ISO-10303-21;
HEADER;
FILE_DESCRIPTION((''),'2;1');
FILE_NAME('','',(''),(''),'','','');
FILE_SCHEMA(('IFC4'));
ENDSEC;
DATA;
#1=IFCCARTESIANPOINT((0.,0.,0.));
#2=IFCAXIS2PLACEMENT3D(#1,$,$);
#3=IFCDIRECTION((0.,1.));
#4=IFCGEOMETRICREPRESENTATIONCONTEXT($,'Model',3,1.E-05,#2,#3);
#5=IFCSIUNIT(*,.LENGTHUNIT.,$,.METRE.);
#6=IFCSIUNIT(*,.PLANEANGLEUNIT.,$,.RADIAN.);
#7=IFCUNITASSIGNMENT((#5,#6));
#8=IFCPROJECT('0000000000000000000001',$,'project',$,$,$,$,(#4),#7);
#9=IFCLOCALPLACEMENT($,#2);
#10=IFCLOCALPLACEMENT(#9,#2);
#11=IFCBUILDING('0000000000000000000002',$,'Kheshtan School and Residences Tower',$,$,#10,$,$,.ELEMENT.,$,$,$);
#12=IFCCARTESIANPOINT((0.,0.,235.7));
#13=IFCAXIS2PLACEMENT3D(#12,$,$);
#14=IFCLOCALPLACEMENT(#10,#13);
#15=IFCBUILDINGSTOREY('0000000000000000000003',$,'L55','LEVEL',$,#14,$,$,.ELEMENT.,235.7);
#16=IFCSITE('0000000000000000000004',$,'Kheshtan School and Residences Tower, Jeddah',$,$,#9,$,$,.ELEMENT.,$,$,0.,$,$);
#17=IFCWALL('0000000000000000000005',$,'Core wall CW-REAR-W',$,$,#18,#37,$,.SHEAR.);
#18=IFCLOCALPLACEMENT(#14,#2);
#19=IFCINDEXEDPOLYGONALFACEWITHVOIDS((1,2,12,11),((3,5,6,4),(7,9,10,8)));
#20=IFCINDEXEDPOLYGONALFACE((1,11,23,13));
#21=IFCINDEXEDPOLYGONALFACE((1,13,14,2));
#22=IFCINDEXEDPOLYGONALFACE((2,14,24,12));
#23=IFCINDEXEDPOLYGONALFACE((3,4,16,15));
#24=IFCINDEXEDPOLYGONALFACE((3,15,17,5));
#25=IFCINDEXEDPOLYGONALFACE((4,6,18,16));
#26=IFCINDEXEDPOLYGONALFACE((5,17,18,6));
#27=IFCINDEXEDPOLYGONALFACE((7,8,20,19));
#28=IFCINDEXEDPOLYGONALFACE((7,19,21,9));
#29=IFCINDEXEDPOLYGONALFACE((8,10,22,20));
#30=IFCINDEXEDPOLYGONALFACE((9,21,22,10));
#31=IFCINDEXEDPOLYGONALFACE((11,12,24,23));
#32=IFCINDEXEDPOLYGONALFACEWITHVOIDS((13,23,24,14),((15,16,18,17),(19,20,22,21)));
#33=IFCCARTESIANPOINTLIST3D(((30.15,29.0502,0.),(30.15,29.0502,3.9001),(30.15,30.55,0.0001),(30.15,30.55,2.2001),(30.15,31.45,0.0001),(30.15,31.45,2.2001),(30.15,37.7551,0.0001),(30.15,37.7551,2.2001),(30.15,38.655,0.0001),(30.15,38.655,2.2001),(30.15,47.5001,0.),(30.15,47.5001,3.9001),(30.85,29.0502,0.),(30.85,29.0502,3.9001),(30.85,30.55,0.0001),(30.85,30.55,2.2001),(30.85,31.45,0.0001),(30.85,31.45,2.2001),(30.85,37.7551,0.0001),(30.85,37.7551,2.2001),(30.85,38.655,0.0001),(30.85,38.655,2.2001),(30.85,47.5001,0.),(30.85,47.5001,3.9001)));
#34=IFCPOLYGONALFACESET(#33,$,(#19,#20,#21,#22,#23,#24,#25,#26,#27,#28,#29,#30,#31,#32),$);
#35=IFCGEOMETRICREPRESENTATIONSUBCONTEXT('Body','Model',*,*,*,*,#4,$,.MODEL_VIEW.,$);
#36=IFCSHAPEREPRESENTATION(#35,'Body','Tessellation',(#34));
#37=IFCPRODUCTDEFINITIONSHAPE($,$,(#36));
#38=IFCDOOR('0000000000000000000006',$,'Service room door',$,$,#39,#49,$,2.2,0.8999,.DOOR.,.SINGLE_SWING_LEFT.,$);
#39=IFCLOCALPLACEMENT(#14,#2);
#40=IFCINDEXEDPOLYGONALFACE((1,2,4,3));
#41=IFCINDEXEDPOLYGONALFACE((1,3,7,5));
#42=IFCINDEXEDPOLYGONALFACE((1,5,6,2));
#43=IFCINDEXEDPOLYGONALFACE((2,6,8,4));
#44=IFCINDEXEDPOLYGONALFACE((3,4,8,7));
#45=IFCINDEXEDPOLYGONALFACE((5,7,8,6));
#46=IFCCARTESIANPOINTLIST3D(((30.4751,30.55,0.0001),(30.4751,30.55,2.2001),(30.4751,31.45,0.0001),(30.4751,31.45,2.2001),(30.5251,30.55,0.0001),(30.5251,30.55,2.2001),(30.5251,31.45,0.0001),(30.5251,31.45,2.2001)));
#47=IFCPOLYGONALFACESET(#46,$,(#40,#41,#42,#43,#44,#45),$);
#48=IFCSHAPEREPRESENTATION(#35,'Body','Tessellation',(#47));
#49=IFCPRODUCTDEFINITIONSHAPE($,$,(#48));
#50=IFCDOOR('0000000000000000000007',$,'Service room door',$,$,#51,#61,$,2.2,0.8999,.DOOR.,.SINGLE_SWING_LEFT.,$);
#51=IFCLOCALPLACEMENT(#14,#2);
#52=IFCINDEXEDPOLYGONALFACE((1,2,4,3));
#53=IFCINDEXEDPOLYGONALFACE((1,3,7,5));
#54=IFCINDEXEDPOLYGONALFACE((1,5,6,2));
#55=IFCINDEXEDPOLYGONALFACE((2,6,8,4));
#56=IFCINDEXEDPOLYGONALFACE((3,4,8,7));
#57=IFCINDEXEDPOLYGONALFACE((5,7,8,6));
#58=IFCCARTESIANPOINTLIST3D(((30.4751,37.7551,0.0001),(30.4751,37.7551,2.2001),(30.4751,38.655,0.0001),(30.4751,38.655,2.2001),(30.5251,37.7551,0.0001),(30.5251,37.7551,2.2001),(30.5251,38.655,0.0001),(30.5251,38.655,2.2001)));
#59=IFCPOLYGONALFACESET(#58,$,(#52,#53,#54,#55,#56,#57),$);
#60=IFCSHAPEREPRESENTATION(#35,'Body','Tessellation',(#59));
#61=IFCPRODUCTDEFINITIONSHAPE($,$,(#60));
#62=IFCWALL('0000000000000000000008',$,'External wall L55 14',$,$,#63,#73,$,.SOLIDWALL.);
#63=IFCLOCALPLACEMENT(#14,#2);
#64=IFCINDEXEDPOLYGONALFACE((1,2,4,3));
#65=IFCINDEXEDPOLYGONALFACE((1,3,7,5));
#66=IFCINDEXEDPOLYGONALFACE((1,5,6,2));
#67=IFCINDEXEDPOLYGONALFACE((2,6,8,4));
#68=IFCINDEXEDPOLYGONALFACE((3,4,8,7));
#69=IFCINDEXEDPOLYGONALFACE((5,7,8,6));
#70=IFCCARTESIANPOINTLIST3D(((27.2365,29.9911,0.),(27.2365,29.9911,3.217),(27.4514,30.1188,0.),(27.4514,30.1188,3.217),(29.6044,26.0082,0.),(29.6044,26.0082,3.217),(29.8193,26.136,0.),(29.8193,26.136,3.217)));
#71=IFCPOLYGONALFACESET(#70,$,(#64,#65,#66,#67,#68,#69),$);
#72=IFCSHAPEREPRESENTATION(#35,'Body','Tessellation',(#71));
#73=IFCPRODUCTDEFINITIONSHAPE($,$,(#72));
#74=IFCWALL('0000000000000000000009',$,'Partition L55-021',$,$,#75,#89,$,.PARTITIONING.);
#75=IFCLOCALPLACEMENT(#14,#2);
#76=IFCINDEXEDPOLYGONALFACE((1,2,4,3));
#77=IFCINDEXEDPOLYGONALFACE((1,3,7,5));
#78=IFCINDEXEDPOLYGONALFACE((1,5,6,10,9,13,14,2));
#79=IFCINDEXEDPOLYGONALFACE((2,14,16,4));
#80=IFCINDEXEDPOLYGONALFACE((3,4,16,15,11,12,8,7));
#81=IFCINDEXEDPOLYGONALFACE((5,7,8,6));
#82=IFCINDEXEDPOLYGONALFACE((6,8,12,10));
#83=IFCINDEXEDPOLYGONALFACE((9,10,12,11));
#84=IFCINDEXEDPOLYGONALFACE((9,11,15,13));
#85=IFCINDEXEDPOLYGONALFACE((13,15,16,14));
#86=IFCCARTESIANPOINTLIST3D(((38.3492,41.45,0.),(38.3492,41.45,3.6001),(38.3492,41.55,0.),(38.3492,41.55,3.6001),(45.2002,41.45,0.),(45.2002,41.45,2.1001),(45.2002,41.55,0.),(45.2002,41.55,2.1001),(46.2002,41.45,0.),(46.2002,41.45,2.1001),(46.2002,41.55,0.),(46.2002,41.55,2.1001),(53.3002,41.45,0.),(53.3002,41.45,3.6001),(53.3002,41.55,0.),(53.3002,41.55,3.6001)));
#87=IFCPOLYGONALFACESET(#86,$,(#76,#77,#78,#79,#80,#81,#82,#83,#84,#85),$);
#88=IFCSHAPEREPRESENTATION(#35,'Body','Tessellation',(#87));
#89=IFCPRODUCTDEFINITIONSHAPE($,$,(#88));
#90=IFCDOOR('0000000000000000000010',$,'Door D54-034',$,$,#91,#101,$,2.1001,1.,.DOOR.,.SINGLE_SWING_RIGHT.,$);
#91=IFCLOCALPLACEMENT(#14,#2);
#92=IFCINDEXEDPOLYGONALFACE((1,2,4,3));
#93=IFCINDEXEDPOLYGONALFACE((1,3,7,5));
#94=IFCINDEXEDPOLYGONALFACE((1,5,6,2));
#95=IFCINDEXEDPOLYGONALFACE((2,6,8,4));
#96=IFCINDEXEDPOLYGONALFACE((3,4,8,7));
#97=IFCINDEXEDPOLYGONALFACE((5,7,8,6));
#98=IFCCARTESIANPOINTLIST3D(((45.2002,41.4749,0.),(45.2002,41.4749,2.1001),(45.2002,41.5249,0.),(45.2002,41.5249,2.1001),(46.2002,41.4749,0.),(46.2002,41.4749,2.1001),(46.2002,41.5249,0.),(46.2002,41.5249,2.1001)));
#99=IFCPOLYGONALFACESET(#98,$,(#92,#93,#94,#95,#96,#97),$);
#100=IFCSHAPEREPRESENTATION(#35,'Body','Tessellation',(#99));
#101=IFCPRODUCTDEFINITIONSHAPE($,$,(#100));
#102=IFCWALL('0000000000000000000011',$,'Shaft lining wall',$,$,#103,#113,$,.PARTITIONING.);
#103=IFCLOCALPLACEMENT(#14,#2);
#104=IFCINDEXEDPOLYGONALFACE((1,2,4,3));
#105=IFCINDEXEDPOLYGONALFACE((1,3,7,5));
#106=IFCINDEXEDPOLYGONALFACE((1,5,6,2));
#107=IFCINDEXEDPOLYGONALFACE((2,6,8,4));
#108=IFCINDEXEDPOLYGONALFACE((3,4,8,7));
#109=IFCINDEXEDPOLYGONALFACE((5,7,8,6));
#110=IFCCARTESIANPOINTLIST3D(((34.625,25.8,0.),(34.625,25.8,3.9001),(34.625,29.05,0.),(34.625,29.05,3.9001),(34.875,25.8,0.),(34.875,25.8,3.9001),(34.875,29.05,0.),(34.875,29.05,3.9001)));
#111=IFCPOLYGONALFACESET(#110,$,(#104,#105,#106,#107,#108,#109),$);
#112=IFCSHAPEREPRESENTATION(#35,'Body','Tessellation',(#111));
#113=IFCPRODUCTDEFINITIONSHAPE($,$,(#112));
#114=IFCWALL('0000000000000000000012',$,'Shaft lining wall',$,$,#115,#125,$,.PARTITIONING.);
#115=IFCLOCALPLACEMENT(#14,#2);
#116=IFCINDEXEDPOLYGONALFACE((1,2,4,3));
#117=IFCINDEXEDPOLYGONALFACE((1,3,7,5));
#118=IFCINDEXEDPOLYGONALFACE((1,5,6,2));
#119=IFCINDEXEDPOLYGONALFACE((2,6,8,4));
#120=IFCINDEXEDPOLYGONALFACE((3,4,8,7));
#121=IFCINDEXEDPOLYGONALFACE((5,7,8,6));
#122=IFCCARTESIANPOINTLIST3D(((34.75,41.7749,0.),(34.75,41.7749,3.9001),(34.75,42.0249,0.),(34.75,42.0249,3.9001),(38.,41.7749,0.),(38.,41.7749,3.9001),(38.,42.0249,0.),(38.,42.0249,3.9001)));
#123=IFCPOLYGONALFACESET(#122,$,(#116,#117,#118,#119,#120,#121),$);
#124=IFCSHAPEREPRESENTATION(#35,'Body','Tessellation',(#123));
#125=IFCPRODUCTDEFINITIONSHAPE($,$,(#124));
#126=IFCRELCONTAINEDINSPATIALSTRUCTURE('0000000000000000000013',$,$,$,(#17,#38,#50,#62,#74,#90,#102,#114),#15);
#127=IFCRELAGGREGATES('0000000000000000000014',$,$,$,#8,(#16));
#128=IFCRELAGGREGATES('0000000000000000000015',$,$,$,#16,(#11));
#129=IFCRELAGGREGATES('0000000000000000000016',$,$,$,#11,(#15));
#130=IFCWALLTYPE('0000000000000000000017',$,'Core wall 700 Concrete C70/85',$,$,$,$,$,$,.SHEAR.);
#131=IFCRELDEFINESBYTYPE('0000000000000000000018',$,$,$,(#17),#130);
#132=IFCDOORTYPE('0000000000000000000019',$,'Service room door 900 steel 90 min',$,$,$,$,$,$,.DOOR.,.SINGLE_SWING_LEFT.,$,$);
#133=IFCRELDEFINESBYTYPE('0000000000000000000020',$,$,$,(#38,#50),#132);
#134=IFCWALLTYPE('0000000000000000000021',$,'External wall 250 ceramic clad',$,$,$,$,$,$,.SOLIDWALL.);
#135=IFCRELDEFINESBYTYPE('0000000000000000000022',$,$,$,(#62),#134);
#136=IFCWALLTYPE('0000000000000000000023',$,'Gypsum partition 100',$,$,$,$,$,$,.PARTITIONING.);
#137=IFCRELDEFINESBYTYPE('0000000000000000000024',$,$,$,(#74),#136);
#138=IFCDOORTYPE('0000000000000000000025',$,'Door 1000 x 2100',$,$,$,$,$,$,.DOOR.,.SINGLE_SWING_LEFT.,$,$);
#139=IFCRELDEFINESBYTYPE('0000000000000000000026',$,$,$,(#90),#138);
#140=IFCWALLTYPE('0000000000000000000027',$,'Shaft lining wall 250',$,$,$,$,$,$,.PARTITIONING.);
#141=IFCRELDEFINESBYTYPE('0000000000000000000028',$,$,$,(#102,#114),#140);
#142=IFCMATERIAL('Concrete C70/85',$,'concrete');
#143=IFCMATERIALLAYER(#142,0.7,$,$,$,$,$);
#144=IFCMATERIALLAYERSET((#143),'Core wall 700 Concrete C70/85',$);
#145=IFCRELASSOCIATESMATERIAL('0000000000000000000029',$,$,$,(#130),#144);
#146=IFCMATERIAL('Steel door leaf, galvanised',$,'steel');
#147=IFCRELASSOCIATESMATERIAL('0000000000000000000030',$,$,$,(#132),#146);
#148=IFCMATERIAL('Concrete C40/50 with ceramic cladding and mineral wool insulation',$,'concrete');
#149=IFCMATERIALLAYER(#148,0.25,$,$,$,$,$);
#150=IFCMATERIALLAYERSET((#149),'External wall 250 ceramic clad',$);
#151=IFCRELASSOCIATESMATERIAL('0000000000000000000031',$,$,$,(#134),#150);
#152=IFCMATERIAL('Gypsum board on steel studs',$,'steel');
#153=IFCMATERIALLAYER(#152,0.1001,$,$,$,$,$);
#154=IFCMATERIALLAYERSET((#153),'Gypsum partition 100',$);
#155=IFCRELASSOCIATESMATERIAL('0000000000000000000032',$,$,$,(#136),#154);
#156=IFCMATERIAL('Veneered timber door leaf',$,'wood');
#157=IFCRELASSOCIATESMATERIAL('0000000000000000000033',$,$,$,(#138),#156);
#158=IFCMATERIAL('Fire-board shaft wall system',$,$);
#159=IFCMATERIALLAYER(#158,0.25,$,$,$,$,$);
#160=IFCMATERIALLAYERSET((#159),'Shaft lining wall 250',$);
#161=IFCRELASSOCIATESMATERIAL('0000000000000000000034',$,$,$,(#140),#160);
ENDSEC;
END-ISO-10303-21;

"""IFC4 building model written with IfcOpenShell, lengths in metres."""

from ifc_helpers import new_model, si_unit, direction, frame, frame_2d, origin, place, context, subcontext, project, spatial, rectangle, extrude, source, transform, mapped, material, layer, layer_set, type_object, element, fill, save


model = new_model("IFC4")

# Units and contexts
model_context = context("Model", 3, precision=1e-05, world=origin(), true_north=direction((0.0, 1.0)))
body_context = subcontext(model_context, "Body", "Model", "MODEL_VIEW")
ifc_project = project(units=[si_unit("LENGTHUNIT", "METRE"), si_unit("PLANEANGLEUNIT", "RADIAN")], contexts=[model_context])

# Site, building, storey
site_placement = place(None, origin())
site = spatial("IfcSite", under=ifc_project, at=site_placement, Name="Kheshtan School and Residences Tower, Jeddah", CompositionType="ELEMENT", RefElevation=0.0)
building_placement = place(site_placement, origin())
building = spatial("IfcBuilding", under=site, at=building_placement, Name="Kheshtan School and Residences Tower", CompositionType="ELEMENT")
storey_placement = place(building_placement, frame((0.0, 0.0, 235.7)))
storey = spatial("IfcBuildingStorey", under=building, at=storey_placement, Name="L55", Description="LEVEL", CompositionType="ELEMENT", Elevation=235.7)

# Shared definitions
ifc_material_1 = material(Name="Steel door leaf, galvanised", Category="steel")

# Shared definitions
ifc_material_2 = material(Name="Concrete C70/85", Category="concrete")
ifc_layer_1 = layer(ifc_material_2, 0.7)
ifc_layer_set_1 = layer_set([ifc_layer_1], Name="Core wall 700 Concrete C70/85")
wall_type_1 = type_object("IfcWallType", Name="Core wall 700 Concrete C70/85", PredefinedType="SHEAR", material=ifc_layer_set_1)

# Wall, openings, doors
wall_1_placement = place(storey_placement, frame((30.5, 29.05, 0.0), z_axis=(0.0, 0.0, 1.0), x_axis=(0.0, 1.0, 0.0)))
wall_1 = element("IfcWall", 1, at=wall_1_placement, inside=storey, type_object=wall_type_1, Name="Core wall CW-REAR-W", PredefinedType="SHEAR", context=body_context, shape_type="SweptSolid", body=[
    extrude(rectangle(XDim=18.45, YDim=0.7, at=frame_2d((9.2251, 0.0))), origin(), (0.0, 0.0, 1.0), 3.9001),
])
opening_1_placement = place(wall_1_placement, frame((1.5, 0.0, 0.0)))
opening_1 = element("IfcOpeningElement", 2, at=opening_1_placement, cuts=wall_1, PredefinedType="OPENING", context=body_context, shape_type="SweptSolid", body=[
    extrude(rectangle(XDim=0.8999, YDim=2.2, at=frame_2d((0.45, 1.1001))), frame((0.0, 0.3599, 0.0), z_axis=(0.0, -1.0, 0.0), x_axis=(1.0, 0.0, 0.0)), (0.0, 0.0, 1.0), 0.72),
])
opening_2_placement = place(wall_1_placement, frame((8.7051, 0.0, 0.0)))
opening_2 = element("IfcOpeningElement", 3, at=opening_2_placement, cuts=wall_1, PredefinedType="OPENING", context=body_context, shape_type="SweptSolid", body=[
    extrude(rectangle(XDim=0.8999, YDim=2.2, at=frame_2d((0.45, 1.1001))), frame((0.0, 0.3599, 0.0), z_axis=(0.0, -1.0, 0.0), x_axis=(1.0, 0.0, 0.0)), (0.0, 0.0, 1.0), 0.72),
])
door_type_1 = type_object("IfcDoorType", Name="Service room door 900 steel 90 min", OperationType="SINGLE_SWING_LEFT", PredefinedType="DOOR", material=ifc_material_1)
shared_shape_1 = source(origin(), body_context, "Body", "SweptSolid", [
    extrude(rectangle(XDim=0.8999, YDim=2.2, at=frame_2d((0.45, 1.1001))), frame((0.0, 0.0249, 0.0), z_axis=(0.0, -1.0, 0.0), x_axis=(1.0, 0.0, 0.0)), (0.0, 0.0, 1.0), 0.05),
])
door_1_placement = place(opening_1_placement, origin())
door_1 = element("IfcDoor", 4, at=door_1_placement, inside=storey, type_object=door_type_1, Name="Service room door", OperationType="SINGLE_SWING_LEFT", OverallHeight=2.2, OverallWidth=0.8999, PredefinedType="DOOR", context=body_context, shape_type="MappedRepresentation", body=[
    mapped(shared_shape_1, transform((0.0, 0.0, 0.0), x_axis=(1.0, 0.0, 0.0), y_axis=(0.0, 1.0, 0.0), z_axis=(0.0, 0.0, 1.0), scale=1.0)),
])
fill(opening_1, door_1)
door_2_placement = place(opening_2_placement, origin())
door_2 = element("IfcDoor", 5, at=door_2_placement, inside=storey, type_object=door_type_1, Name="Service room door", OperationType="SINGLE_SWING_LEFT", OverallHeight=2.2, OverallWidth=0.8999, PredefinedType="DOOR", context=body_context, shape_type="MappedRepresentation", body=[
    mapped(shared_shape_1, transform((0.0, 0.0, 0.0), x_axis=(1.0, 0.0, 0.0), y_axis=(0.0, 1.0, 0.0), z_axis=(0.0, 0.0, 1.0), scale=1.0)),
])
fill(opening_2, door_2)

# Wall
ifc_material_3 = material(Name="Concrete C40/50 with ceramic cladding and mineral wool insulation", Category="concrete")
ifc_layer_2 = layer(ifc_material_3, 0.25)
ifc_layer_set_2 = layer_set([ifc_layer_2], Name="External wall 250 ceramic clad")
wall_type_2 = type_object("IfcWallType", Name="External wall 250 ceramic clad", PredefinedType="SOLIDWALL", material=ifc_layer_set_2)
wall_2_placement = place(storey_placement, frame((29.7119, 26.072, 0.0), z_axis=(0.0, 0.0, 1.0), x_axis=(-0.511028, 0.859564, 0.0)))
element("IfcWall", 6, at=wall_2_placement, inside=storey, type_object=wall_type_2, Name="External wall L55 14", PredefinedType="SOLIDWALL", context=body_context, shape_type="SweptSolid", body=[
    extrude(rectangle(XDim=4.6335, YDim=0.25, at=frame_2d((2.3169, 0.0))), origin(), (0.0, 0.0, 1.0), 3.217),
])

# Wall, opening, door
ifc_material_4 = material(Name="Gypsum board on steel studs", Category="steel")
ifc_layer_3 = layer(ifc_material_4, 0.1001)
ifc_layer_set_3 = layer_set([ifc_layer_3], Name="Gypsum partition 100")
wall_type_3 = type_object("IfcWallType", Name="Gypsum partition 100", PredefinedType="PARTITIONING", material=ifc_layer_set_3)
wall_3_placement = place(storey_placement, frame((38.3491, 41.5, 0.0), z_axis=(0.0, 0.0, 1.0), x_axis=(1.0, 0.0, 0.0)))
wall_3 = element("IfcWall", 7, at=wall_3_placement, inside=storey, type_object=wall_type_3, Name="Partition L55-021", PredefinedType="PARTITIONING", context=body_context, shape_type="SweptSolid", body=[
    extrude(rectangle(XDim=14.9509, YDim=0.1001, at=frame_2d((7.4756, 0.0))), origin(), (0.0, 0.0, 1.0), 3.6001),
])
opening_3_placement = place(wall_3_placement, frame((6.8511, 0.0, 0.0)))
opening_3 = element("IfcOpeningElement", 8, at=opening_3_placement, cuts=wall_3, PredefinedType="OPENING", context=body_context, shape_type="SweptSolid", body=[
    extrude(rectangle(XDim=1.0, YDim=2.1001, at=frame_2d((0.5, 1.05))), frame((0.0, 0.0601, 0.0), z_axis=(0.0, -1.0, 0.0), x_axis=(1.0, 0.0, 0.0)), (0.0, 0.0, 1.0), 0.1201),
])
ifc_material_5 = material(Name="Veneered timber door leaf", Category="wood")
door_type_2 = type_object("IfcDoorType", Name="Door 1000 x 2100", OperationType="SINGLE_SWING_LEFT", PredefinedType="DOOR", material=ifc_material_5)
shared_shape_2 = source(origin(), body_context, "Body", "SweptSolid", [
    extrude(rectangle(XDim=1.0, YDim=2.1001, at=frame_2d((0.5, 1.05))), frame((0.0, 0.0249, 0.0), z_axis=(0.0, -1.0, 0.0), x_axis=(1.0, 0.0, 0.0)), (0.0, 0.0, 1.0), 0.05),
])
door_3_placement = place(opening_3_placement, origin())
door_3 = element("IfcDoor", 9, at=door_3_placement, inside=storey, type_object=door_type_2, Name="Door D54-034", OperationType="SINGLE_SWING_RIGHT", OverallHeight=2.1001, OverallWidth=1.0, PredefinedType="DOOR", context=body_context, shape_type="MappedRepresentation", body=[
    mapped(shared_shape_2, transform((0.0, 0.0, 0.0), x_axis=(1.0, 0.0, 0.0), y_axis=(0.0, 1.0, 0.0), z_axis=(0.0, 0.0, 1.0), scale=1.0)),
])
fill(opening_3, door_3)

# Walls
ifc_material_6 = material(Name="Fire-board shaft wall system")
ifc_layer_4 = layer(ifc_material_6, 0.25)
ifc_layer_set_4 = layer_set([ifc_layer_4], Name="Shaft lining wall 250")
wall_type_4 = type_object("IfcWallType", Name="Shaft lining wall 250", PredefinedType="PARTITIONING", material=ifc_layer_set_4)
for number, where, z_axis, x_axis, name in (
    (10, (34.75, 25.8, 0.0), (0.0, 0.0, 1.0), (0.0, 1.0, 0.0), "Shaft lining wall"),
    (11, (34.75, 41.8999, 0.0), (0.0, 0.0, 1.0), (1.0, 0.0, 0.0), "Shaft lining wall"),
):
    element("IfcWall", number, at=place(storey_placement, frame(where, z_axis=z_axis, x_axis=x_axis)), inside=storey, type_object=wall_type_4, Name=name, PredefinedType="PARTITIONING", context=body_context, shape_type="SweptSolid", body=[
        extrude(rectangle(XDim=3.25, YDim=0.25, at=frame_2d((1.625, 0.0))), origin(), (0.0, 0.0, 1.0), 3.9001),
    ])

save(model, "model.ifc")
